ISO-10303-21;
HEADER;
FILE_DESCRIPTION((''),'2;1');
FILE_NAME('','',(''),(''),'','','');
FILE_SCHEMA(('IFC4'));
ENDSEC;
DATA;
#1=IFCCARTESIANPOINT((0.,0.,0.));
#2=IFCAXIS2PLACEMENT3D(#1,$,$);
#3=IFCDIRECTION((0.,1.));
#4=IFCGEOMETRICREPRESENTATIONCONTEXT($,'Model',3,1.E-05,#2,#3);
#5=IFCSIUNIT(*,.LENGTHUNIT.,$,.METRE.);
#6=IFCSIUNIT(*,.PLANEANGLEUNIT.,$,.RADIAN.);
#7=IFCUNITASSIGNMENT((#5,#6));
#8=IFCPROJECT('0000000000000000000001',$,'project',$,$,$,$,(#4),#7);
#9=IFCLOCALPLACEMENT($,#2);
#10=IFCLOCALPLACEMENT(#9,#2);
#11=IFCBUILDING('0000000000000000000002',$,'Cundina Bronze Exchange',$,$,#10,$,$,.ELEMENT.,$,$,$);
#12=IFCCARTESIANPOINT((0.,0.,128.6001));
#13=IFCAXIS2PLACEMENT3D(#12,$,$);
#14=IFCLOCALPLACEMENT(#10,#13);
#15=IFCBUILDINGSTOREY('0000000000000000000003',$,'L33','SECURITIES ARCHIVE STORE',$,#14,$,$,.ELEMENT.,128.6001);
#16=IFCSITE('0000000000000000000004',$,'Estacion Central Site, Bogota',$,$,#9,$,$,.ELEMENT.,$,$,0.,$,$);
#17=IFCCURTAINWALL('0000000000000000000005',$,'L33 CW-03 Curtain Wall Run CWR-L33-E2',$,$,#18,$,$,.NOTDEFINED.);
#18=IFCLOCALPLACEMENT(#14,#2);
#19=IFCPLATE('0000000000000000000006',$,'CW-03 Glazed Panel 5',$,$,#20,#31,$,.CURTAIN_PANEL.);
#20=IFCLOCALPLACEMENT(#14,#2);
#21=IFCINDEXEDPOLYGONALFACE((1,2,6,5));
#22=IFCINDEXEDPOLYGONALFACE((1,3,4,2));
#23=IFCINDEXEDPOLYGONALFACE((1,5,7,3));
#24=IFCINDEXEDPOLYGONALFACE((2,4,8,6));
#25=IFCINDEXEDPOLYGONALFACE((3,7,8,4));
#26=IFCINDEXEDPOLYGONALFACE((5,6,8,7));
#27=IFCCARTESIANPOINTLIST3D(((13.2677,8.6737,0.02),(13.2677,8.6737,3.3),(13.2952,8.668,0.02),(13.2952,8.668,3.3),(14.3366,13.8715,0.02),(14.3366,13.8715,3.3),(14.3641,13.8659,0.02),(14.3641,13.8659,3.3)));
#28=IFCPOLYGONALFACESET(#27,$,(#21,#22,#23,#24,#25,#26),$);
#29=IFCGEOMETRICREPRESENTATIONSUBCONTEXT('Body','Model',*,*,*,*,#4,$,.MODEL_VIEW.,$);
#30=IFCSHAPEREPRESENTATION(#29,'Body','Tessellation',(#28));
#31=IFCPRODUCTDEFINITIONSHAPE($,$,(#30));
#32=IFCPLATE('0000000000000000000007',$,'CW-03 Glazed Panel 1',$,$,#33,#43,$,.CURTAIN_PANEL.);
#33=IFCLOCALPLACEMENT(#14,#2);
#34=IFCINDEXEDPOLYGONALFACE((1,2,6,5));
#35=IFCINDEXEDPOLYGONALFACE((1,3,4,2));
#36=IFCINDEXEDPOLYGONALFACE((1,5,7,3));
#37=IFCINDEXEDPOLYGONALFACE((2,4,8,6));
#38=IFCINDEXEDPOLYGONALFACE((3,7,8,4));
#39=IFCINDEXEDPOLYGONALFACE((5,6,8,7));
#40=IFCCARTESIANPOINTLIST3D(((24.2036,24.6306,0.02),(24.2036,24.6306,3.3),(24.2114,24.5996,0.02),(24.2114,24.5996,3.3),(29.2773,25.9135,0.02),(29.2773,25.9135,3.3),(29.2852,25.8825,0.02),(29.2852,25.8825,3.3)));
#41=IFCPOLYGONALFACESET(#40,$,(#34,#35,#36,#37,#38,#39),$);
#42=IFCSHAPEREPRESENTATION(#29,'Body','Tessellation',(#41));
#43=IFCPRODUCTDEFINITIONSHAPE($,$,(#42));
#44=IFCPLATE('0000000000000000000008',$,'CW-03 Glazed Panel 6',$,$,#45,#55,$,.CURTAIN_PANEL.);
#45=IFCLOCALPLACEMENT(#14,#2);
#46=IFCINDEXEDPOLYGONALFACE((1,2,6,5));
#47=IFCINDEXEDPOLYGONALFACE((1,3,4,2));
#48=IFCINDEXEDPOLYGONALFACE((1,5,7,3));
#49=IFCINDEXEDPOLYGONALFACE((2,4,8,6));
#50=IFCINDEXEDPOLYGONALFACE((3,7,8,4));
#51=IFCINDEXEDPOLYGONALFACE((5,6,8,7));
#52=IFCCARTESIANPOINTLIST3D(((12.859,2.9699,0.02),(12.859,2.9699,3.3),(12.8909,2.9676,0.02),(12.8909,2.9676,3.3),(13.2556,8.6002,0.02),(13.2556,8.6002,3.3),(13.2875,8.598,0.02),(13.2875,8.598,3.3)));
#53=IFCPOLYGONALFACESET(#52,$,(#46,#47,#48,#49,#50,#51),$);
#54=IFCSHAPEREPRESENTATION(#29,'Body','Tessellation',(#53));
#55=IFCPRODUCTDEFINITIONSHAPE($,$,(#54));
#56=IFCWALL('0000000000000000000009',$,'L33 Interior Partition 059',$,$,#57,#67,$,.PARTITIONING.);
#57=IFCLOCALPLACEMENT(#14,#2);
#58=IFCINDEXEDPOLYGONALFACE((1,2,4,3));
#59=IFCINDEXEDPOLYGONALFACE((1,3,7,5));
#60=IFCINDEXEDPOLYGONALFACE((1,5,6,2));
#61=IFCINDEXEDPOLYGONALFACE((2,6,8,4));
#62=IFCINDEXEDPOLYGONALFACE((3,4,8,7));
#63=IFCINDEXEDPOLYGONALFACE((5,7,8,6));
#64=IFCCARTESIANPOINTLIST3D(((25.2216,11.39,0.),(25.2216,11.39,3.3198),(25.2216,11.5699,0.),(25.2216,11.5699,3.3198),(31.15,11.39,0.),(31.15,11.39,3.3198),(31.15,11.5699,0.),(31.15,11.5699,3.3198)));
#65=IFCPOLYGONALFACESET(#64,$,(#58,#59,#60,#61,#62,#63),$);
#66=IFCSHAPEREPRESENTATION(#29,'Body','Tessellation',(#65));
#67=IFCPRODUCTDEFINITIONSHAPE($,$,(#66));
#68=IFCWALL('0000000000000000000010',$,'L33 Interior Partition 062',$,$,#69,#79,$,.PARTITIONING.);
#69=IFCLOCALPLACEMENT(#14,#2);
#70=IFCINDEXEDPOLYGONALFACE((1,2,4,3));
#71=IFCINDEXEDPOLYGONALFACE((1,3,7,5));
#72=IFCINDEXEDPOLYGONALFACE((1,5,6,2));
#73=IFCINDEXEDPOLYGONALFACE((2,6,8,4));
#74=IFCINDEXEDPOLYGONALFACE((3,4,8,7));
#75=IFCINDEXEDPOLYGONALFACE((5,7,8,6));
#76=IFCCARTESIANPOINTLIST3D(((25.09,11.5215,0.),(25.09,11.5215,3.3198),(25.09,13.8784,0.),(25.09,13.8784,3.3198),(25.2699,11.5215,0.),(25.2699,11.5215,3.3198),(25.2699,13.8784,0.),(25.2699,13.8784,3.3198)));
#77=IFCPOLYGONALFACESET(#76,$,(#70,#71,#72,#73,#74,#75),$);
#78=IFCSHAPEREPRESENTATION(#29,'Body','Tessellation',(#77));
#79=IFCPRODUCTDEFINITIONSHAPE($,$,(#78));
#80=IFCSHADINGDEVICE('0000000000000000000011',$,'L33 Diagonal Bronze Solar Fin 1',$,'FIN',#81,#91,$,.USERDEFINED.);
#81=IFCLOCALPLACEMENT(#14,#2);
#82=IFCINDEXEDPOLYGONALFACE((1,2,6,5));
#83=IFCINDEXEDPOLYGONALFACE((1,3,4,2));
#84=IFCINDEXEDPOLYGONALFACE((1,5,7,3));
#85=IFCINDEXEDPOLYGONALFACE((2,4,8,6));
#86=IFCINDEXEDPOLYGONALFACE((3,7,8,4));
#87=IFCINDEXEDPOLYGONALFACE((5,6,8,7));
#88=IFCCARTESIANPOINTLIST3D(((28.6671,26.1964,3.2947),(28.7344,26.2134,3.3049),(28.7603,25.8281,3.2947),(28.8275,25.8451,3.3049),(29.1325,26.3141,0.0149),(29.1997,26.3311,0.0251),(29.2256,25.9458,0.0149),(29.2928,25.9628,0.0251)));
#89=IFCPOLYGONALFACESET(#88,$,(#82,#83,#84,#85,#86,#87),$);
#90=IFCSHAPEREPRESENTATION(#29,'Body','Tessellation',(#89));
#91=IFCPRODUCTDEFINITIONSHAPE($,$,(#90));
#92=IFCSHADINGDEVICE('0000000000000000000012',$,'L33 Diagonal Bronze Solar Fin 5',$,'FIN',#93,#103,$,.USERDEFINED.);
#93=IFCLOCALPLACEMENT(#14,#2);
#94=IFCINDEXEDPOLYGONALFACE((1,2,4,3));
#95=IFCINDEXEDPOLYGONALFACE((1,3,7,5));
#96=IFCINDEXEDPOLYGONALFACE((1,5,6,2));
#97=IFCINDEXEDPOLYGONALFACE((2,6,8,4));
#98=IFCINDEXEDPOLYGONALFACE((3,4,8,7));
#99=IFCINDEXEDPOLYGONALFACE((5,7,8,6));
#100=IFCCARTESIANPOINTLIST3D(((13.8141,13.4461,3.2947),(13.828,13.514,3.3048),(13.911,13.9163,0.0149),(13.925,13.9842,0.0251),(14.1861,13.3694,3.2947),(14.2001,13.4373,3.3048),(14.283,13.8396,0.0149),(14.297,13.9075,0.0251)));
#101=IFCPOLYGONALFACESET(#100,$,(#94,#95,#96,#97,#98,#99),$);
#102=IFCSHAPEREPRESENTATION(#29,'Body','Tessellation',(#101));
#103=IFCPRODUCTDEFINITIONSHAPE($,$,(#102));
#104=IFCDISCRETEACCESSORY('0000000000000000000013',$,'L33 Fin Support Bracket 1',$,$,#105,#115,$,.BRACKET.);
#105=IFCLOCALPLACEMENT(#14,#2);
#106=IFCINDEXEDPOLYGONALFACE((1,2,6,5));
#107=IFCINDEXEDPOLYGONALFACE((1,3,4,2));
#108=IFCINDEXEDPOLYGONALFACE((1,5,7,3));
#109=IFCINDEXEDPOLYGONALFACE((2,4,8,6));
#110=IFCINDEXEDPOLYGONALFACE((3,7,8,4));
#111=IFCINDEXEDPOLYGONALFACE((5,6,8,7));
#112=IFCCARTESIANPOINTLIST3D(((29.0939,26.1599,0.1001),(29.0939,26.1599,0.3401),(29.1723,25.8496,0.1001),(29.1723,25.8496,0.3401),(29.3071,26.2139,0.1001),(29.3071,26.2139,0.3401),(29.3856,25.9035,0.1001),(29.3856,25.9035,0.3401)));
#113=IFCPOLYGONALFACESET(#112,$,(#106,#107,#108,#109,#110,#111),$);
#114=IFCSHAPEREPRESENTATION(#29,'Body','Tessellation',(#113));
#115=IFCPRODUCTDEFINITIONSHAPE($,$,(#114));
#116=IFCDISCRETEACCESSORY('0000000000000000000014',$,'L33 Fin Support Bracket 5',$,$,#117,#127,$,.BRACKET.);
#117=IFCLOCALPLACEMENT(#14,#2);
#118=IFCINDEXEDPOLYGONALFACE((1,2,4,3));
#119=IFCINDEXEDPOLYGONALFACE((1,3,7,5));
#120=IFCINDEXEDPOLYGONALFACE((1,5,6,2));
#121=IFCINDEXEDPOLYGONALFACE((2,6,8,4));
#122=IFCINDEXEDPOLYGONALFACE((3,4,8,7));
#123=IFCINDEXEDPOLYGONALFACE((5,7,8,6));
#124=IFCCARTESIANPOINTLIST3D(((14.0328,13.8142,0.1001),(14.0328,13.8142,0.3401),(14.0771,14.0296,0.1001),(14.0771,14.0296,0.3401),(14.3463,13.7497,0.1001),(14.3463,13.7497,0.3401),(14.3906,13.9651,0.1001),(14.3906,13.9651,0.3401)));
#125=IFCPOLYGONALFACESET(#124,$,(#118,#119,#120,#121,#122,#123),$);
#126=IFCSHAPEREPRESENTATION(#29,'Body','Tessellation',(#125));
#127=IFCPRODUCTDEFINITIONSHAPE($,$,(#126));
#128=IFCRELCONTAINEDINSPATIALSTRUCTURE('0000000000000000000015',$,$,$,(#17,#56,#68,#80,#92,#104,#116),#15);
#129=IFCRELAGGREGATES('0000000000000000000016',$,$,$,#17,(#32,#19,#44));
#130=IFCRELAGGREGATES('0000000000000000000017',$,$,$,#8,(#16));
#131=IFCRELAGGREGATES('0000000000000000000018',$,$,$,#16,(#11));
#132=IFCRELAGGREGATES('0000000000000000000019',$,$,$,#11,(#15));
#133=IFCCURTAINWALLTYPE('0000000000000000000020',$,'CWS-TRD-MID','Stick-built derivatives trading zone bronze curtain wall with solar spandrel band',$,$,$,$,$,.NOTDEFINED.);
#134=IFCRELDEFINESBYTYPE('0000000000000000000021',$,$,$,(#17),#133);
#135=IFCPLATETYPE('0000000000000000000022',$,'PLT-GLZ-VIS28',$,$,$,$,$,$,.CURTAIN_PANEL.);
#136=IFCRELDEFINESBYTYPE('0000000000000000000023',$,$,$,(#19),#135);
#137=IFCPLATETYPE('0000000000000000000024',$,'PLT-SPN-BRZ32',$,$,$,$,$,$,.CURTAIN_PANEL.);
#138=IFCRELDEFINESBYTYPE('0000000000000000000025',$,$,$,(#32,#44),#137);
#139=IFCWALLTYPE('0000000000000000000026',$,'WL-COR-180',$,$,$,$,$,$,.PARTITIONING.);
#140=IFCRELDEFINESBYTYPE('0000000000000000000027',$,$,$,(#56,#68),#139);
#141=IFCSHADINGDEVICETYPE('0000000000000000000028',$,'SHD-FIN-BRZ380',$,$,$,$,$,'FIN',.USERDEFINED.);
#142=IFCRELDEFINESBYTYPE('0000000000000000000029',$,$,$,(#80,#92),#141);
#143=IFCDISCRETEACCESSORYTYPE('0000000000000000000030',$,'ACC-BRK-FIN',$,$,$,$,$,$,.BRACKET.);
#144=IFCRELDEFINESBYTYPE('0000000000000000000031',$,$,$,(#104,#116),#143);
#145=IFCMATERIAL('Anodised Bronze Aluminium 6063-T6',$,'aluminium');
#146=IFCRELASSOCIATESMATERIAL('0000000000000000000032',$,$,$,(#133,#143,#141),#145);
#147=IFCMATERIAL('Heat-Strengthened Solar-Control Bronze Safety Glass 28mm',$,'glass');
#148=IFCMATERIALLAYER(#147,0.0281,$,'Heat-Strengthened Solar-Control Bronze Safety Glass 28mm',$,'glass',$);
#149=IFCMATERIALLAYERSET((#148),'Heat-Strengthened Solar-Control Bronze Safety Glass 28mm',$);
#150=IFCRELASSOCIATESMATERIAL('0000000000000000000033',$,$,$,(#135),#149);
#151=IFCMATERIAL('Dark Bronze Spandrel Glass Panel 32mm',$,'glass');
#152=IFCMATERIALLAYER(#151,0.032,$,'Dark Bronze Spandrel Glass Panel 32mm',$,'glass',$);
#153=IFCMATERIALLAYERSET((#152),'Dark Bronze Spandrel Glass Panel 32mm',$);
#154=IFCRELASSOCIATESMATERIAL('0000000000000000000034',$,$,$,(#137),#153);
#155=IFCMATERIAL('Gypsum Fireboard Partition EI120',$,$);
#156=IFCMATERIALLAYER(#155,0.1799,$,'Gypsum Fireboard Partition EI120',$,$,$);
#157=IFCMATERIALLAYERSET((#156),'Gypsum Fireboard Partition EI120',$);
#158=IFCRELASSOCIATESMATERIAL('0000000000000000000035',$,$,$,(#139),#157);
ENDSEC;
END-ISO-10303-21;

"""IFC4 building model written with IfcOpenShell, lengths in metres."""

from ifc_helpers import new_model, si_unit, direction, frame, frame_2d, origin, origin_2d, place, context, subcontext, project, spatial, rectangle, extrude, material, layer, layer_set, material_profile, profile_set, type_object, element, aggregate, save


model = new_model("IFC4")

# Units and contexts
model_context = context("Model", 3, precision=1e-05, world=origin(), true_north=direction((0.0, 1.0)))
body_context = subcontext(model_context, "Body", "Model", "MODEL_VIEW")
ifc_project = project(units=[si_unit("LENGTHUNIT", "METRE"), si_unit("PLANEANGLEUNIT", "RADIAN")], contexts=[model_context])

# Site, building, storey
site_placement = place(None, origin())
site = spatial("IfcSite", under=ifc_project, at=site_placement, Name="Estacion Central Site, Bogota", CompositionType="ELEMENT", RefElevation=0.0)
building_placement = place(site_placement, origin())
building = spatial("IfcBuilding", under=site, at=building_placement, Name="Cundina Bronze Exchange", CompositionType="ELEMENT")
storey_placement = place(building_placement, frame((0.0, 0.0, 128.6001)))
storey = spatial("IfcBuildingStorey", under=building, at=storey_placement, Name="L33", Description="SECURITIES ARCHIVE STORE", CompositionType="ELEMENT", Elevation=128.6001)

# Shared definitions
ifc_material_1 = material(Name="Anodised Bronze Aluminium 6063-T6", Category="aluminium")
curtain_wall_type = type_object("IfcCurtainWallType", Name="CWS-TRD-MID", Description="Stick-built derivatives trading zone bronze curtain wall with solar spandrel band", PredefinedType="NOTDEFINED", material=ifc_material_1)

# Curtain wall, plates
curtain_wall_1_placement = place(storey_placement, origin())
curtain_wall_1 = element("IfcCurtainWall", 1, at=curtain_wall_1_placement, inside=storey, type_object=curtain_wall_type, Name="L33 CW-03 Curtain Wall Run CWR-L33-E2", PredefinedType="NOTDEFINED")
ifc_material_2 = material(Name="Heat-Strengthened Solar-Control Bronze Safety Glass 28mm", Category="glass")
ifc_layer_1 = layer(ifc_material_2, 0.0281, Name="Heat-Strengthened Solar-Control Bronze Safety Glass 28mm", Category="glass")
ifc_layer_set_1 = layer_set([ifc_layer_1], Name="Heat-Strengthened Solar-Control Bronze Safety Glass 28mm")
plate_type_1 = type_object("IfcPlateType", Name="PLT-GLZ-VIS28", PredefinedType="CURTAIN_PANEL", material=ifc_layer_set_1)
plate_1_placement = place(storey_placement, frame((13.8159, 11.2698, 0.02), z_axis=(0.0, 0.0, 1.0), x_axis=(-0.20142, -0.979505, 0.0)))
plate_1 = element("IfcPlate", 2, at=plate_1_placement, type_object=plate_type_1, Name="CW-03 Glazed Panel 5", PredefinedType="CURTAIN_PANEL", context=body_context, shape_type="SweptSolid", body=[
    extrude(rectangle(XDim=5.3066, YDim=0.0281, at=origin_2d()), origin(), (0.0, 0.0, 1.0), 3.28),
])
ifc_material_3 = material(Name="Dark Bronze Spandrel Glass Panel 32mm", Category="glass")
ifc_layer_2 = layer(ifc_material_3, 0.032, Name="Dark Bronze Spandrel Glass Panel 32mm", Category="glass")
ifc_layer_set_2 = layer_set([ifc_layer_2], Name="Dark Bronze Spandrel Glass Panel 32mm")
plate_type_2 = type_object("IfcPlateType", Name="PLT-SPN-BRZ32", PredefinedType="CURTAIN_PANEL", material=ifc_layer_set_2)
plate_2_placement = place(storey_placement, frame((26.7444, 25.2566, 0.02), z_axis=(0.0, 0.0, 1.0), x_axis=(-0.969488, -0.245138, 0.0)))
plate_2 = element("IfcPlate", 3, at=plate_2_placement, type_object=plate_type_2, Name="CW-03 Glazed Panel 1", PredefinedType="CURTAIN_PANEL", context=body_context, shape_type="SweptSolid", body=[
    extrude(rectangle(XDim=5.2334, YDim=0.032, at=origin_2d()), origin(), (0.0, 0.0, 1.0), 3.28),
])
plate_3_placement = place(storey_placement, frame((13.0732, 5.7839, 0.02), z_axis=(0.0, 0.0, 1.0), x_axis=(-0.070279, -0.997527, 0.0)))
plate_3 = element("IfcPlate", 4, at=plate_3_placement, type_object=plate_type_2, Name="CW-03 Glazed Panel 6", PredefinedType="CURTAIN_PANEL", context=body_context, shape_type="SweptSolid", body=[
    extrude(rectangle(XDim=5.6443, YDim=0.032, at=origin_2d()), origin(), (0.0, 0.0, 1.0), 3.28),
])
aggregate(curtain_wall_1, [plate_2, plate_1, plate_3])

# Walls
ifc_material_4 = material(Name="Gypsum Fireboard Partition EI120")
ifc_layer_3 = layer(ifc_material_4, 0.1799, Name="Gypsum Fireboard Partition EI120")
ifc_layer_set_3 = layer_set([ifc_layer_3], Name="Gypsum Fireboard Partition EI120")
wall_type = type_object("IfcWallType", Name="WL-COR-180", PredefinedType="PARTITIONING", material=ifc_layer_set_3)
wall_1_placement = place(storey_placement, frame((25.2214, 11.48, 0.0), z_axis=(0.0, 0.0, 1.0), x_axis=(1.0, 0.0, 0.0)))
element("IfcWall", 5, at=wall_1_placement, inside=storey, type_object=wall_type, Name="L33 Interior Partition 059", PredefinedType="PARTITIONING", context=body_context, shape_type="SweptSolid", body=[
    extrude(rectangle(XDim=5.9285, YDim=0.1799, at=frame_2d((2.9644, 0.0))), origin(), (0.0, 0.0, 1.0), 3.3198),
])
wall_2_placement = place(storey_placement, frame((25.1799, 13.8784, 0.0), z_axis=(0.0, 0.0, 1.0), x_axis=(0.0, -1.0, 0.0)))
element("IfcWall", 6, at=wall_2_placement, inside=storey, type_object=wall_type, Name="L33 Interior Partition 062", PredefinedType="PARTITIONING", context=body_context, shape_type="SweptSolid", body=[
    extrude(rectangle(XDim=2.3569, YDim=0.1799, at=frame_2d((1.1785, 0.0))), origin(), (0.0, 0.0, 1.0), 3.3198),
])

# Shading devices
ifc_material_profile_1 = material_profile(ifc_material_1, rectangle(XDim=0.0701, YDim=0.3799, at=origin_2d()), Name="FIN70X380", Category="aluminium")
ifc_profile_set_1 = profile_set([ifc_material_profile_1], Name="Anodised Bronze Aluminium 6063-T6")
shading_device_type = type_object("IfcShadingDeviceType", Name="SHD-FIN-BRZ380", ElementType="FIN", PredefinedType="USERDEFINED", material=ifc_profile_set_1)
for number, where, z_axis, x_axis, name in (
    (7, (29.2126, 26.1384, 0.02), (-0.140383, -0.035501, 0.989461), (0.959263, 0.242584, 0.144803), "L33 Diagonal Bronze Solar Fin 1"),
    (8, (14.104, 13.9119, 0.02), (-0.02924, -0.141856, 0.989455), (0.199754, 0.969082, 0.144838), "L33 Diagonal Bronze Solar Fin 5"),
):
    element("IfcShadingDevice", number, at=place(storey_placement, frame(where, z_axis=z_axis, x_axis=x_axis)), inside=storey, type_object=shading_device_type, Name=name, ObjectType="FIN", PredefinedType="USERDEFINED", context=body_context, shape_type="SweptSolid", body=[
        extrude(rectangle(XDim=0.0701, YDim=0.3799, at=origin_2d()), origin(), (0.0, 0.0, 1.0), 3.3147),
    ])

# Discrete accessories
discrete_accessory_type = type_object("IfcDiscreteAccessoryType", Name="ACC-BRK-FIN", PredefinedType="BRACKET", material=ifc_material_1)
for number, where, z_axis, x_axis, name in (
    (9, (29.2397, 26.0317, 0.1001), (0.0, 0.0, 1.0), (-0.969488, -0.245138, 0.0), "L33 Fin Support Bracket 1"),
    (10, (14.2117, 13.8896, 0.1001), (0.0, 0.0, 1.0), (-0.20142, -0.979505, 0.0), "L33 Fin Support Bracket 5"),
):
    element("IfcDiscreteAccessory", number, at=place(storey_placement, frame(where, z_axis=z_axis, x_axis=x_axis)), inside=storey, type_object=discrete_accessory_type, Name=name, PredefinedType="BRACKET", context=body_context, shape_type="SweptSolid", body=[
        extrude(rectangle(XDim=0.22, YDim=0.3201, at=origin_2d()), origin(), (0.0, 0.0, 1.0), 0.24),
    ])

save(model, "model.ifc")
